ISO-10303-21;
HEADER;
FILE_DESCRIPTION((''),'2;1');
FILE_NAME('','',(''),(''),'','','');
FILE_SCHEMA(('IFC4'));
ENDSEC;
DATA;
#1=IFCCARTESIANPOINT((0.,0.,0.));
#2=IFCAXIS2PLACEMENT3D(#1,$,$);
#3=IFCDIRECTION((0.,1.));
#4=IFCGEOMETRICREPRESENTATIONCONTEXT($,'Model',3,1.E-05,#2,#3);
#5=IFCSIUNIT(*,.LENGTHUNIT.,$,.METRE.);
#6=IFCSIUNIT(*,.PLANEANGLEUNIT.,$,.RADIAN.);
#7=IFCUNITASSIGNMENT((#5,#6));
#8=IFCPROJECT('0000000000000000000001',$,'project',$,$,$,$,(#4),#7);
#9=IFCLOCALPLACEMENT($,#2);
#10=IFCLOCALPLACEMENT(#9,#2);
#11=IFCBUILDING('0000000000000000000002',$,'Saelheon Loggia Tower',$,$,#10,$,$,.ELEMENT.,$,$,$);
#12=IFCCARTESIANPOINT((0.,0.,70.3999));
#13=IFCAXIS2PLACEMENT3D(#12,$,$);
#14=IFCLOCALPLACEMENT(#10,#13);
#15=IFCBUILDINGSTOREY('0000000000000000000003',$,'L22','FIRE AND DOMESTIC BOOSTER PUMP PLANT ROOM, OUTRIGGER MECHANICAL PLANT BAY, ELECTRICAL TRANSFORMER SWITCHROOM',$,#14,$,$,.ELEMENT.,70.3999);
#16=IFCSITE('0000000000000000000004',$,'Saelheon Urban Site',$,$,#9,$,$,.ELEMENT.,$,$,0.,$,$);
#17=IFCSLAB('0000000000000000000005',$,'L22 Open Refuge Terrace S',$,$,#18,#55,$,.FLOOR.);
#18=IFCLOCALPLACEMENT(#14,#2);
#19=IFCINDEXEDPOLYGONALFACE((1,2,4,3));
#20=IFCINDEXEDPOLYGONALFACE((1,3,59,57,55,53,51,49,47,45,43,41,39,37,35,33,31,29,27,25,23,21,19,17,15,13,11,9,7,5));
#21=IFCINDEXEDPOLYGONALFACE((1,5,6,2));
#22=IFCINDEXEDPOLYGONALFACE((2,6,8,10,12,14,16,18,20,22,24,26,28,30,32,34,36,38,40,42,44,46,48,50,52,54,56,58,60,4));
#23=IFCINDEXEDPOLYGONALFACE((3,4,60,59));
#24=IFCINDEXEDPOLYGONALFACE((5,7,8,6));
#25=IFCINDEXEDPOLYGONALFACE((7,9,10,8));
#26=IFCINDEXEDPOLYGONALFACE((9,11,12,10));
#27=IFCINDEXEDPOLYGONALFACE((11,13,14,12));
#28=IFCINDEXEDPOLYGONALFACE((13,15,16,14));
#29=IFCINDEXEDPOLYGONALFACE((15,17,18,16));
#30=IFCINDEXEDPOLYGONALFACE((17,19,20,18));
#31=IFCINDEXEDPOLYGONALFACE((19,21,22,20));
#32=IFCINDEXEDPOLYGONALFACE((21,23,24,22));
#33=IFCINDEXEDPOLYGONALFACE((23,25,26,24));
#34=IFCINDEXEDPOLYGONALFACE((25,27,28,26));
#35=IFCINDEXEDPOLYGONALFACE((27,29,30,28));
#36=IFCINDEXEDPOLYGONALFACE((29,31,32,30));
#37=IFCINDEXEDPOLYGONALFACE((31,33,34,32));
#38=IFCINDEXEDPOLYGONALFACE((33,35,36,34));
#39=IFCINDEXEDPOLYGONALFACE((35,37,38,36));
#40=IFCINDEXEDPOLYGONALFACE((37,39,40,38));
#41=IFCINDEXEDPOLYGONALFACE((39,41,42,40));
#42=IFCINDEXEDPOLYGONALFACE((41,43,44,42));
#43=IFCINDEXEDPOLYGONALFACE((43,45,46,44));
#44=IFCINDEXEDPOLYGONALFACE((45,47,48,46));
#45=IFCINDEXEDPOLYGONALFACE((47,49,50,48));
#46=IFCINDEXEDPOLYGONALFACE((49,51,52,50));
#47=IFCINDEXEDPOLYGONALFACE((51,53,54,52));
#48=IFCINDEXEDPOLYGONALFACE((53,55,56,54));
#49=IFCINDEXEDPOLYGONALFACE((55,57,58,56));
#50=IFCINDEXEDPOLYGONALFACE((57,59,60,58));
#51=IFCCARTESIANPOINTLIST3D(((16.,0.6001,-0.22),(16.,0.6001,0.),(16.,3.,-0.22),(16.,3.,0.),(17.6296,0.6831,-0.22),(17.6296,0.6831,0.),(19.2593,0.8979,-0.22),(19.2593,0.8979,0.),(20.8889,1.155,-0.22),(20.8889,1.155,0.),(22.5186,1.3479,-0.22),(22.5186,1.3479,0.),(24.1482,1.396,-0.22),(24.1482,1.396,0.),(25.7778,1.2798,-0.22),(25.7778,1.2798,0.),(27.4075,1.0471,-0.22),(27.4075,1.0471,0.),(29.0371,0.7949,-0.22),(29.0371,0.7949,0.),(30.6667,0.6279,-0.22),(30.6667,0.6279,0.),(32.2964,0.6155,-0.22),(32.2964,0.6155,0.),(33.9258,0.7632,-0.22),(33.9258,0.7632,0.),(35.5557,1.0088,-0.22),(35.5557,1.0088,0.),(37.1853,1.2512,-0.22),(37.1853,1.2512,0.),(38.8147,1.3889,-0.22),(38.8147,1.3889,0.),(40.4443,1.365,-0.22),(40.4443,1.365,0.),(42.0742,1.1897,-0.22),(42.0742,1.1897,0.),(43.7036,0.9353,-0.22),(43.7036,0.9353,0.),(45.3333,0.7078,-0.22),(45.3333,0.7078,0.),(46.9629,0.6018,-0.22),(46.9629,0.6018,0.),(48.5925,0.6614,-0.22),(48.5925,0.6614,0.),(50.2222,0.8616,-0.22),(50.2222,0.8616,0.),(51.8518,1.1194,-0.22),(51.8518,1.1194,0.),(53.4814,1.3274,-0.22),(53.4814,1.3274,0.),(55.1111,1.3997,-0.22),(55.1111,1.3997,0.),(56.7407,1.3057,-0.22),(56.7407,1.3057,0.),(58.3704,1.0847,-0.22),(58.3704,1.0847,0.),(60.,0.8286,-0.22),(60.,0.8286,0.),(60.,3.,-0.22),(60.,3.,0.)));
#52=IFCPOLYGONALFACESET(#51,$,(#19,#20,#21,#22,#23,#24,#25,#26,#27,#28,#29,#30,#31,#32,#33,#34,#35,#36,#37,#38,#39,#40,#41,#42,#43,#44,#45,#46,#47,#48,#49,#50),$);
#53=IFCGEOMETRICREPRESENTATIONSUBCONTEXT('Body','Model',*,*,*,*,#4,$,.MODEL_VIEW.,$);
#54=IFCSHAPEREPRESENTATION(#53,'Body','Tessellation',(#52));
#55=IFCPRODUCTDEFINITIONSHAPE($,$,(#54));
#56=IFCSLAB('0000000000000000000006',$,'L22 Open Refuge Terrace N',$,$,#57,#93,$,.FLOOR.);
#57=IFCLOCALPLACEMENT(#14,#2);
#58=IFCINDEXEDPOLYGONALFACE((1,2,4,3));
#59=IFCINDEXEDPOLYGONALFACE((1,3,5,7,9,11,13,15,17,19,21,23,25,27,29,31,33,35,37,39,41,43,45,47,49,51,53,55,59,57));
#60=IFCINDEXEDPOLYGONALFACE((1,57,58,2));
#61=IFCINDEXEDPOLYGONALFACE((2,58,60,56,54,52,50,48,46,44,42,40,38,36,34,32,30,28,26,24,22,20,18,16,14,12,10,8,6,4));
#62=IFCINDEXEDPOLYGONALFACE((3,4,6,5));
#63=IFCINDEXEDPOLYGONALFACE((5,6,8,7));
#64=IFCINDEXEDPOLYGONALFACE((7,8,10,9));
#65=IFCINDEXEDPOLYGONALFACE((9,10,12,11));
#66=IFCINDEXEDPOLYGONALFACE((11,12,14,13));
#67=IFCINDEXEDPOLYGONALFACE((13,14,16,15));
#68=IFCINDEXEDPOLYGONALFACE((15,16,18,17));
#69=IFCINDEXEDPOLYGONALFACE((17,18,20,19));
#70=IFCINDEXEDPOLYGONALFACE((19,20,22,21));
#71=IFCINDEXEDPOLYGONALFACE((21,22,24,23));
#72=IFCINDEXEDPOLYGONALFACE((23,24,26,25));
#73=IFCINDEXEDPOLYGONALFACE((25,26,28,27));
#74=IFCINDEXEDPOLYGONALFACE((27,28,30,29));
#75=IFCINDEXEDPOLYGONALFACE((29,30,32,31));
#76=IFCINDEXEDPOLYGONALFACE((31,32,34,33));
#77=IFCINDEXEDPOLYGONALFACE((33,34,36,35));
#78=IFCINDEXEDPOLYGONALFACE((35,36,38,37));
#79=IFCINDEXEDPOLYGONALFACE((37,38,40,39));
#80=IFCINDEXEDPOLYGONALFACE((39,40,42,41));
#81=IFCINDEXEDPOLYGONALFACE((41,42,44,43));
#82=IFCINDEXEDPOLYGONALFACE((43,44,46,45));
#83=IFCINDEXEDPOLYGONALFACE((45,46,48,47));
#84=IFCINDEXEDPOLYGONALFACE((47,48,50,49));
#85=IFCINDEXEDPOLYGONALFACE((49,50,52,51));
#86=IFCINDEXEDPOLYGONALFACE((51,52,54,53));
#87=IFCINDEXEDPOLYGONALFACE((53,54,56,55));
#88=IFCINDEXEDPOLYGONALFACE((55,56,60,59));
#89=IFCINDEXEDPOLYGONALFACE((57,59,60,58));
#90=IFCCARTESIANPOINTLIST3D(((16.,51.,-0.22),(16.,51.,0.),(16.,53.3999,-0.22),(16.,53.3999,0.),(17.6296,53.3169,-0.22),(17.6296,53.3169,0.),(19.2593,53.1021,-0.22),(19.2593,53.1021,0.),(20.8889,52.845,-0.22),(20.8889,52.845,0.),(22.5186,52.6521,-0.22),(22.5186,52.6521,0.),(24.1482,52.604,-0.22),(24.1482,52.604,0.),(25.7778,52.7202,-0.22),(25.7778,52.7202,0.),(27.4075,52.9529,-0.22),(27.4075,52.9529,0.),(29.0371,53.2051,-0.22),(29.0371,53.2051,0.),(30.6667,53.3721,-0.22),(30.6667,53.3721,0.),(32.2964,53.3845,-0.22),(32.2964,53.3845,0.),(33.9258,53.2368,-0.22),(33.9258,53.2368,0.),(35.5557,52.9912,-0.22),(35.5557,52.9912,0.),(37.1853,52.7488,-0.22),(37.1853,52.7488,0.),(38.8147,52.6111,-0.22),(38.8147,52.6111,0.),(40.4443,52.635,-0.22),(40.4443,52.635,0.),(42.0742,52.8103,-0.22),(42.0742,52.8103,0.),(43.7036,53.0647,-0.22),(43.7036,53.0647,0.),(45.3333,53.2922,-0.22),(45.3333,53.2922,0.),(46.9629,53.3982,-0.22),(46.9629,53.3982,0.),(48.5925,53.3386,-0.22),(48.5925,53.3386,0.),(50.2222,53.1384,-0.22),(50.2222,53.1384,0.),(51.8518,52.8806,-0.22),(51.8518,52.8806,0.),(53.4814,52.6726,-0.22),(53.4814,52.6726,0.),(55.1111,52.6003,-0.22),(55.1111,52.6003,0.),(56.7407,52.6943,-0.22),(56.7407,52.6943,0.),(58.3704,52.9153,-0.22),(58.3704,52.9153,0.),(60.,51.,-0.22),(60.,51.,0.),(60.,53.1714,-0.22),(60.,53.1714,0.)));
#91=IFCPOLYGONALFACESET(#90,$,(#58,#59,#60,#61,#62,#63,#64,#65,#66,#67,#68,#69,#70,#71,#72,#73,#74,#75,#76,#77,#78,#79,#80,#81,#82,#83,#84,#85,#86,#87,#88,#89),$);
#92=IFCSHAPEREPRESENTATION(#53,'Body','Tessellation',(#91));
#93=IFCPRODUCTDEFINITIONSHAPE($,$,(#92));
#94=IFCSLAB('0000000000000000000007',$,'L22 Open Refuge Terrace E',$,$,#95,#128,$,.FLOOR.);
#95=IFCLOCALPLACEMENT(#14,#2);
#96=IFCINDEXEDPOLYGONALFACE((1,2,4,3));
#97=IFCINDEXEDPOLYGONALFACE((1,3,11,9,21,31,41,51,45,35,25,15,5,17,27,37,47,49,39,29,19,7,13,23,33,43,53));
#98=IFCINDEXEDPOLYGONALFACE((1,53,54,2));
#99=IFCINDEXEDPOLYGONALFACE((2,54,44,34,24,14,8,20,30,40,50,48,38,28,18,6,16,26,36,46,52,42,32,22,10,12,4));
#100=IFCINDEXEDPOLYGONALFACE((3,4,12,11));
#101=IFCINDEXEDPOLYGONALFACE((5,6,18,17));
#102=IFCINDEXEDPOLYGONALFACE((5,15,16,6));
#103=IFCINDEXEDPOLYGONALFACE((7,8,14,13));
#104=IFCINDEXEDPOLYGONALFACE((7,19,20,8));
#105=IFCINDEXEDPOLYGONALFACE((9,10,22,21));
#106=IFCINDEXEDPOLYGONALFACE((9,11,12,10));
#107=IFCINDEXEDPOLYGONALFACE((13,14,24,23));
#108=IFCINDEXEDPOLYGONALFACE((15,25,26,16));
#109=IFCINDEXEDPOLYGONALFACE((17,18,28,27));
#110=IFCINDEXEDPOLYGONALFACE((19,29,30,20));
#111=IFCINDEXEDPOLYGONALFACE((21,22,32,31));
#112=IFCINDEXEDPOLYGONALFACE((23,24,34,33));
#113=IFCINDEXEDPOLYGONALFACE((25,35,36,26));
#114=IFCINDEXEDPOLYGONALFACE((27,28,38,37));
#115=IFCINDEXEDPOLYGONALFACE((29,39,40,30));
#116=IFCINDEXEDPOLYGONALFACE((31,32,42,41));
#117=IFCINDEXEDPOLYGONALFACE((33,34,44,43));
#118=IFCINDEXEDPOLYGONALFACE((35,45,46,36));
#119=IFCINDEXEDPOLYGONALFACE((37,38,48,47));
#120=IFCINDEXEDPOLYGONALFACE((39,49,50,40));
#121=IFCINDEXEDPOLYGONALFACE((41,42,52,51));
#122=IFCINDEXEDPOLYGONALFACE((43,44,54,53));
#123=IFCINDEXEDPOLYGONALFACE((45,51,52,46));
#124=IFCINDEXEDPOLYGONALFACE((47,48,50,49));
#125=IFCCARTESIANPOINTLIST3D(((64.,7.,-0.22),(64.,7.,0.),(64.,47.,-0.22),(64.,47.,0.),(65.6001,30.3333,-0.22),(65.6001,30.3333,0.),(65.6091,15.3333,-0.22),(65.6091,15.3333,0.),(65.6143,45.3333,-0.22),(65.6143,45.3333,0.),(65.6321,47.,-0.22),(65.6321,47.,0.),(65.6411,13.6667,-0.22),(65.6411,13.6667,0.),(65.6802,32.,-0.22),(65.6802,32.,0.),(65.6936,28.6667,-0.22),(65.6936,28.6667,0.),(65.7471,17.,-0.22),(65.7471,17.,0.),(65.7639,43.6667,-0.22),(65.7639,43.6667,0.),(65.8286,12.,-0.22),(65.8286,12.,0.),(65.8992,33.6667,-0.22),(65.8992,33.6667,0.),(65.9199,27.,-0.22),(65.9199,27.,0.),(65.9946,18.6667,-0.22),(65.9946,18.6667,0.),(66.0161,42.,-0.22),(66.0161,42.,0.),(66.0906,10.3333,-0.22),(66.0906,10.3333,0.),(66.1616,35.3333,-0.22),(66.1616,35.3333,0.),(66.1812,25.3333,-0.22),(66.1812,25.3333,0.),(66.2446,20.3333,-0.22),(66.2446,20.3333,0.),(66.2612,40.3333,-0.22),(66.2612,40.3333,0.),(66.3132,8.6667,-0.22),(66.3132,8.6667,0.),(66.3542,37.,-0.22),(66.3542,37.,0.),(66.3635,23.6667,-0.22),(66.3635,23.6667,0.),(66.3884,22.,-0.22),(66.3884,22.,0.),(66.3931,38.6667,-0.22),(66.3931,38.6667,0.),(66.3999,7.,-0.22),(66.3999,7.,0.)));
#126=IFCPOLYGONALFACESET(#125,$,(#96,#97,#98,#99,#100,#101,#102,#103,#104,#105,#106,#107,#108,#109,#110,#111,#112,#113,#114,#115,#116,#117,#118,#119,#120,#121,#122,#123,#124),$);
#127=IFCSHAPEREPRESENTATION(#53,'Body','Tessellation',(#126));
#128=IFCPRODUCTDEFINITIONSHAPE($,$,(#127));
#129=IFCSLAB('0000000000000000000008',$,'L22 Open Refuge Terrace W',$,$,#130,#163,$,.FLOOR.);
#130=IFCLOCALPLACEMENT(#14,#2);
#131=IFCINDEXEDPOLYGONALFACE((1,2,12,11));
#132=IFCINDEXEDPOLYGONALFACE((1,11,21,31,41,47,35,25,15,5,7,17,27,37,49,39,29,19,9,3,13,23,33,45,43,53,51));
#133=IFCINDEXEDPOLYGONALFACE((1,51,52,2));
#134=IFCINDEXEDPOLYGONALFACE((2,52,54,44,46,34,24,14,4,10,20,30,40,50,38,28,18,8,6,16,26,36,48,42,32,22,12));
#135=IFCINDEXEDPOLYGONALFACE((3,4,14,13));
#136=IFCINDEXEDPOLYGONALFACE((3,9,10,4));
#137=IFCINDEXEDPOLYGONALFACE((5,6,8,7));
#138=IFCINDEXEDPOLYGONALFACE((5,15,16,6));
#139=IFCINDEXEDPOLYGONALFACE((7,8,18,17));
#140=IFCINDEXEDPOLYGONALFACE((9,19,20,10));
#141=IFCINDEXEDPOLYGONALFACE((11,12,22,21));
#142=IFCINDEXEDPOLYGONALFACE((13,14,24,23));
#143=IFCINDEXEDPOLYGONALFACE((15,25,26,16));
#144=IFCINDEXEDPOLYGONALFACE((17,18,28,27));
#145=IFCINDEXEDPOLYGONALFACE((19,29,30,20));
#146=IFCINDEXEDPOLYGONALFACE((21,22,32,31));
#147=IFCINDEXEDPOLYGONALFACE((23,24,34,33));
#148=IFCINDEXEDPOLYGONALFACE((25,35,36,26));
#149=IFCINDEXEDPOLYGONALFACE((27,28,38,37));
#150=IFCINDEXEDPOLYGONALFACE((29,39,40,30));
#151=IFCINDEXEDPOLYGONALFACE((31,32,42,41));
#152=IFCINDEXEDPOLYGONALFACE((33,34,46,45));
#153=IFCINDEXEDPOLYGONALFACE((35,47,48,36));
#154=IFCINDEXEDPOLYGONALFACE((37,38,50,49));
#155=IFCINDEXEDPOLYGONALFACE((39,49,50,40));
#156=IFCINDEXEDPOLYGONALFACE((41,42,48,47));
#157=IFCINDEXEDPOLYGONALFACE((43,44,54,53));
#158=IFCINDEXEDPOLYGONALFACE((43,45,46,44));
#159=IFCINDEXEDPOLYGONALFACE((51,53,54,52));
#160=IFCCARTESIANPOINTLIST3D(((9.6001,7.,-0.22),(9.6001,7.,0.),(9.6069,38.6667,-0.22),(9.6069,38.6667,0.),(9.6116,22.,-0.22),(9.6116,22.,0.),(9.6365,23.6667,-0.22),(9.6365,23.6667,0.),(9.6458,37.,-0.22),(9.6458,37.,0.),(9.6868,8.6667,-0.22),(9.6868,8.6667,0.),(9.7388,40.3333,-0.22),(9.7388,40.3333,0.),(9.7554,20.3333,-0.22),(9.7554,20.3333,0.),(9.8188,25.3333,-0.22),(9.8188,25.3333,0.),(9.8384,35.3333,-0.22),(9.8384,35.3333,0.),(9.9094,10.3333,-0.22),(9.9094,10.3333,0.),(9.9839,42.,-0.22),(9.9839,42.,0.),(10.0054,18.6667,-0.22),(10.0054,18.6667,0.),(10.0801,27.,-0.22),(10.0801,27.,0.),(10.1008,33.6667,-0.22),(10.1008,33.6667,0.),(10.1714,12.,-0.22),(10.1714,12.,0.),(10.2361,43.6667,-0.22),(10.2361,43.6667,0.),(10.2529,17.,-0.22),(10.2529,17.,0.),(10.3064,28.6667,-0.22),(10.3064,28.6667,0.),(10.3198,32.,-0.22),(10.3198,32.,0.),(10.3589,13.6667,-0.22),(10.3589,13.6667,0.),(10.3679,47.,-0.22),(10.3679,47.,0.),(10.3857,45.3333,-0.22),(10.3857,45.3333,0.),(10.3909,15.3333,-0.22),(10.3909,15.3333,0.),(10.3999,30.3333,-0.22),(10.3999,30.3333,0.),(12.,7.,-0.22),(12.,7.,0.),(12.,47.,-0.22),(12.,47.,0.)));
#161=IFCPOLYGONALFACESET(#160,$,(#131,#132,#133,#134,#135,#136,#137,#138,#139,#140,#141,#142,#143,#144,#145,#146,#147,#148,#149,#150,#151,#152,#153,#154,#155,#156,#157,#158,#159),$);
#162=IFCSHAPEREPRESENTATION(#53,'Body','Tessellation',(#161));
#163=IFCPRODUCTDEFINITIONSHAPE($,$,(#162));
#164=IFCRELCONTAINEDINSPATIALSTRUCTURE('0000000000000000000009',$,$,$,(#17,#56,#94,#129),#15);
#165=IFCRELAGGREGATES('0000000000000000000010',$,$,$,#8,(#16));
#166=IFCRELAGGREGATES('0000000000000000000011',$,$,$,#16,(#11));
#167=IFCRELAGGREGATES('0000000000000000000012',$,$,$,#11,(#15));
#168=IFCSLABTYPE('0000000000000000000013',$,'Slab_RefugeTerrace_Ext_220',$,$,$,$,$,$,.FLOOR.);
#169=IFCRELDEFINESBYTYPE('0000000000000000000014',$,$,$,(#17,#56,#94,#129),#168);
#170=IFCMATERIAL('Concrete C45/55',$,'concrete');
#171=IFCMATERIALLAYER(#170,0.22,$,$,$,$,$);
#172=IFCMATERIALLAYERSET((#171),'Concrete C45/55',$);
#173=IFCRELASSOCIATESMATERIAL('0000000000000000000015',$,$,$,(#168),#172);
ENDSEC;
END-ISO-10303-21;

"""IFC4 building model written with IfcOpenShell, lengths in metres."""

from ifc_helpers import new_model, si_unit, direction, frame, origin, place, context, subcontext, project, spatial, polyline, outline, extrude, material, layer, layer_set, type_object, element, save


model = new_model("IFC4")

# Units and contexts
model_context = context("Model", 3, precision=1e-05, world=origin(), true_north=direction((0.0, 1.0)))
body_context = subcontext(model_context, "Body", "Model", "MODEL_VIEW")
ifc_project = project(units=[si_unit("LENGTHUNIT", "METRE"), si_unit("PLANEANGLEUNIT", "RADIAN")], contexts=[model_context])

# Site, building, storey
site_placement = place(None, origin())
site = spatial("IfcSite", under=ifc_project, at=site_placement, Name="Saelheon Urban Site", CompositionType="ELEMENT", RefElevation=0.0)
building_placement = place(site_placement, origin())
building = spatial("IfcBuilding", under=site, at=building_placement, Name="Saelheon Loggia Tower", CompositionType="ELEMENT")
storey_placement = place(building_placement, frame((0.0, 0.0, 70.3999)))
storey = spatial("IfcBuildingStorey", under=building, at=storey_placement, Name="L22", Description="FIRE AND DOMESTIC BOOSTER PUMP PLANT ROOM, OUTRIGGER MECHANICAL PLANT BAY, ELECTRICAL TRANSFORMER SWITCHROOM", CompositionType="ELEMENT", Elevation=70.3999)

# Slabs
ifc_material_1 = material(Name="Concrete C45/55", Category="concrete")
ifc_layer_1 = layer(ifc_material_1, 0.22)
ifc_layer_set_1 = layer_set([ifc_layer_1], Name="Concrete C45/55")
slab_type_1 = type_object("IfcSlabType", Name="Slab_RefugeTerrace_Ext_220", PredefinedType="FLOOR", material=ifc_layer_set_1)
slab_1_placement = place(storey_placement, frame((0.0, 0.0, -0.22)))
element("IfcSlab", 1, at=slab_1_placement, inside=storey, type_object=slab_type_1, Name="L22 Open Refuge Terrace S", PredefinedType="FLOOR", context=body_context, shape_type="SweptSolid", body=[
    extrude(outline(polyline([(16.0, 0.6001), (17.6296, 0.6831), (19.2593, 0.8979), (20.8889, 1.155), (22.5186, 1.3479), (24.1482, 1.396), (25.7778, 1.2798), (27.4075, 1.0471), (29.0371, 0.7949), (30.6667, 0.6279), (32.2964, 0.6155), (33.9258, 0.7632), (35.5557, 1.0088), (37.1853, 1.2512), (38.8147, 1.3889), (40.4443, 1.365), (42.0742, 1.1897), (43.7036, 0.9353), (45.3333, 0.7078), (46.9629, 0.6018), (48.5925, 0.6614), (50.2222, 0.8616), (51.8518, 1.1194), (53.4814, 1.3274), (55.1111, 1.3997), (56.7407, 1.3057), (58.3704, 1.0847), (60.0, 0.8286), (60.0, 3.0), (16.0, 3.0), (16.0, 0.6001)])), origin(), (0.0, 0.0, 1.0), 0.22),
])
slab_2_placement = place(storey_placement, frame((0.0, 0.0, -0.22)))
element("IfcSlab", 2, at=slab_2_placement, inside=storey, type_object=slab_type_1, Name="L22 Open Refuge Terrace N", PredefinedType="FLOOR", context=body_context, shape_type="SweptSolid", body=[
    extrude(outline(polyline([(16.0, 51.0), (60.0, 51.0), (60.0, 53.1714), (58.3704, 52.9153), (56.7407, 52.6943), (55.1111, 52.6003), (53.4814, 52.6726), (51.8518, 52.8806), (50.2222, 53.1384), (48.5925, 53.3386), (46.9629, 53.3982), (45.3333, 53.2922), (43.7036, 53.0647), (42.0742, 52.8103), (40.4443, 52.635), (38.8147, 52.6111), (37.1853, 52.7488), (35.5557, 52.9912), (33.9258, 53.2368), (32.2964, 53.3845), (30.6667, 53.3721), (29.0371, 53.2051), (27.4075, 52.9529), (25.7778, 52.7202), (24.1482, 52.604), (22.5186, 52.6521), (20.8889, 52.845), (19.2593, 53.1021), (17.6296, 53.3169), (16.0, 53.3999), (16.0, 51.0)])), origin(), (0.0, 0.0, 1.0), 0.22),
])
slab_3_placement = place(storey_placement, frame((0.0, 0.0, -0.22)))
element("IfcSlab", 3, at=slab_3_placement, inside=storey, type_object=slab_type_1, Name="L22 Open Refuge Terrace E", PredefinedType="FLOOR", context=body_context, shape_type="SweptSolid", body=[
    extrude(outline(polyline([(64.0, 7.0), (66.3999, 7.0), (66.3132, 8.6667), (66.0906, 10.3333), (65.8286, 12.0), (65.6411, 13.6667), (65.6091, 15.3333), (65.7471, 17.0), (65.9946, 18.6667), (66.2446, 20.3333), (66.3884, 22.0), (66.3635, 23.6667), (66.1812, 25.3333), (65.9199, 27.0), (65.6936, 28.6667), (65.6001, 30.3333), (65.6802, 32.0), (65.8992, 33.6667), (66.1616, 35.3333), (66.3542, 37.0), (66.3931, 38.6667), (66.2612, 40.3333), (66.0161, 42.0), (65.7639, 43.6667), (65.6143, 45.3333), (65.6321, 47.0), (64.0, 47.0), (64.0, 7.0)])), origin(), (0.0, 0.0, 1.0), 0.22),
])
slab_4_placement = place(storey_placement, frame((0.0, 0.0, -0.22)))
element("IfcSlab", 4, at=slab_4_placement, inside=storey, type_object=slab_type_1, Name="L22 Open Refuge Terrace W", PredefinedType="FLOOR", context=body_context, shape_type="SweptSolid", body=[
    extrude(outline(polyline([(12.0, 7.0), (12.0, 47.0), (10.3679, 47.0), (10.3857, 45.3333), (10.2361, 43.6667), (9.9839, 42.0), (9.7388, 40.3333), (9.6069, 38.6667), (9.6458, 37.0), (9.8384, 35.3333), (10.1008, 33.6667), (10.3198, 32.0), (10.3999, 30.3333), (10.3064, 28.6667), (10.0801, 27.0), (9.8188, 25.3333), (9.6365, 23.6667), (9.6116, 22.0), (9.7554, 20.3333), (10.0054, 18.6667), (10.2529, 17.0), (10.3909, 15.3333), (10.3589, 13.6667), (10.1714, 12.0), (9.9094, 10.3333), (9.6868, 8.6667), (9.6001, 7.0), (12.0, 7.0)])), origin(), (0.0, 0.0, 1.0), 0.22),
])

save(model, "model.ifc")
